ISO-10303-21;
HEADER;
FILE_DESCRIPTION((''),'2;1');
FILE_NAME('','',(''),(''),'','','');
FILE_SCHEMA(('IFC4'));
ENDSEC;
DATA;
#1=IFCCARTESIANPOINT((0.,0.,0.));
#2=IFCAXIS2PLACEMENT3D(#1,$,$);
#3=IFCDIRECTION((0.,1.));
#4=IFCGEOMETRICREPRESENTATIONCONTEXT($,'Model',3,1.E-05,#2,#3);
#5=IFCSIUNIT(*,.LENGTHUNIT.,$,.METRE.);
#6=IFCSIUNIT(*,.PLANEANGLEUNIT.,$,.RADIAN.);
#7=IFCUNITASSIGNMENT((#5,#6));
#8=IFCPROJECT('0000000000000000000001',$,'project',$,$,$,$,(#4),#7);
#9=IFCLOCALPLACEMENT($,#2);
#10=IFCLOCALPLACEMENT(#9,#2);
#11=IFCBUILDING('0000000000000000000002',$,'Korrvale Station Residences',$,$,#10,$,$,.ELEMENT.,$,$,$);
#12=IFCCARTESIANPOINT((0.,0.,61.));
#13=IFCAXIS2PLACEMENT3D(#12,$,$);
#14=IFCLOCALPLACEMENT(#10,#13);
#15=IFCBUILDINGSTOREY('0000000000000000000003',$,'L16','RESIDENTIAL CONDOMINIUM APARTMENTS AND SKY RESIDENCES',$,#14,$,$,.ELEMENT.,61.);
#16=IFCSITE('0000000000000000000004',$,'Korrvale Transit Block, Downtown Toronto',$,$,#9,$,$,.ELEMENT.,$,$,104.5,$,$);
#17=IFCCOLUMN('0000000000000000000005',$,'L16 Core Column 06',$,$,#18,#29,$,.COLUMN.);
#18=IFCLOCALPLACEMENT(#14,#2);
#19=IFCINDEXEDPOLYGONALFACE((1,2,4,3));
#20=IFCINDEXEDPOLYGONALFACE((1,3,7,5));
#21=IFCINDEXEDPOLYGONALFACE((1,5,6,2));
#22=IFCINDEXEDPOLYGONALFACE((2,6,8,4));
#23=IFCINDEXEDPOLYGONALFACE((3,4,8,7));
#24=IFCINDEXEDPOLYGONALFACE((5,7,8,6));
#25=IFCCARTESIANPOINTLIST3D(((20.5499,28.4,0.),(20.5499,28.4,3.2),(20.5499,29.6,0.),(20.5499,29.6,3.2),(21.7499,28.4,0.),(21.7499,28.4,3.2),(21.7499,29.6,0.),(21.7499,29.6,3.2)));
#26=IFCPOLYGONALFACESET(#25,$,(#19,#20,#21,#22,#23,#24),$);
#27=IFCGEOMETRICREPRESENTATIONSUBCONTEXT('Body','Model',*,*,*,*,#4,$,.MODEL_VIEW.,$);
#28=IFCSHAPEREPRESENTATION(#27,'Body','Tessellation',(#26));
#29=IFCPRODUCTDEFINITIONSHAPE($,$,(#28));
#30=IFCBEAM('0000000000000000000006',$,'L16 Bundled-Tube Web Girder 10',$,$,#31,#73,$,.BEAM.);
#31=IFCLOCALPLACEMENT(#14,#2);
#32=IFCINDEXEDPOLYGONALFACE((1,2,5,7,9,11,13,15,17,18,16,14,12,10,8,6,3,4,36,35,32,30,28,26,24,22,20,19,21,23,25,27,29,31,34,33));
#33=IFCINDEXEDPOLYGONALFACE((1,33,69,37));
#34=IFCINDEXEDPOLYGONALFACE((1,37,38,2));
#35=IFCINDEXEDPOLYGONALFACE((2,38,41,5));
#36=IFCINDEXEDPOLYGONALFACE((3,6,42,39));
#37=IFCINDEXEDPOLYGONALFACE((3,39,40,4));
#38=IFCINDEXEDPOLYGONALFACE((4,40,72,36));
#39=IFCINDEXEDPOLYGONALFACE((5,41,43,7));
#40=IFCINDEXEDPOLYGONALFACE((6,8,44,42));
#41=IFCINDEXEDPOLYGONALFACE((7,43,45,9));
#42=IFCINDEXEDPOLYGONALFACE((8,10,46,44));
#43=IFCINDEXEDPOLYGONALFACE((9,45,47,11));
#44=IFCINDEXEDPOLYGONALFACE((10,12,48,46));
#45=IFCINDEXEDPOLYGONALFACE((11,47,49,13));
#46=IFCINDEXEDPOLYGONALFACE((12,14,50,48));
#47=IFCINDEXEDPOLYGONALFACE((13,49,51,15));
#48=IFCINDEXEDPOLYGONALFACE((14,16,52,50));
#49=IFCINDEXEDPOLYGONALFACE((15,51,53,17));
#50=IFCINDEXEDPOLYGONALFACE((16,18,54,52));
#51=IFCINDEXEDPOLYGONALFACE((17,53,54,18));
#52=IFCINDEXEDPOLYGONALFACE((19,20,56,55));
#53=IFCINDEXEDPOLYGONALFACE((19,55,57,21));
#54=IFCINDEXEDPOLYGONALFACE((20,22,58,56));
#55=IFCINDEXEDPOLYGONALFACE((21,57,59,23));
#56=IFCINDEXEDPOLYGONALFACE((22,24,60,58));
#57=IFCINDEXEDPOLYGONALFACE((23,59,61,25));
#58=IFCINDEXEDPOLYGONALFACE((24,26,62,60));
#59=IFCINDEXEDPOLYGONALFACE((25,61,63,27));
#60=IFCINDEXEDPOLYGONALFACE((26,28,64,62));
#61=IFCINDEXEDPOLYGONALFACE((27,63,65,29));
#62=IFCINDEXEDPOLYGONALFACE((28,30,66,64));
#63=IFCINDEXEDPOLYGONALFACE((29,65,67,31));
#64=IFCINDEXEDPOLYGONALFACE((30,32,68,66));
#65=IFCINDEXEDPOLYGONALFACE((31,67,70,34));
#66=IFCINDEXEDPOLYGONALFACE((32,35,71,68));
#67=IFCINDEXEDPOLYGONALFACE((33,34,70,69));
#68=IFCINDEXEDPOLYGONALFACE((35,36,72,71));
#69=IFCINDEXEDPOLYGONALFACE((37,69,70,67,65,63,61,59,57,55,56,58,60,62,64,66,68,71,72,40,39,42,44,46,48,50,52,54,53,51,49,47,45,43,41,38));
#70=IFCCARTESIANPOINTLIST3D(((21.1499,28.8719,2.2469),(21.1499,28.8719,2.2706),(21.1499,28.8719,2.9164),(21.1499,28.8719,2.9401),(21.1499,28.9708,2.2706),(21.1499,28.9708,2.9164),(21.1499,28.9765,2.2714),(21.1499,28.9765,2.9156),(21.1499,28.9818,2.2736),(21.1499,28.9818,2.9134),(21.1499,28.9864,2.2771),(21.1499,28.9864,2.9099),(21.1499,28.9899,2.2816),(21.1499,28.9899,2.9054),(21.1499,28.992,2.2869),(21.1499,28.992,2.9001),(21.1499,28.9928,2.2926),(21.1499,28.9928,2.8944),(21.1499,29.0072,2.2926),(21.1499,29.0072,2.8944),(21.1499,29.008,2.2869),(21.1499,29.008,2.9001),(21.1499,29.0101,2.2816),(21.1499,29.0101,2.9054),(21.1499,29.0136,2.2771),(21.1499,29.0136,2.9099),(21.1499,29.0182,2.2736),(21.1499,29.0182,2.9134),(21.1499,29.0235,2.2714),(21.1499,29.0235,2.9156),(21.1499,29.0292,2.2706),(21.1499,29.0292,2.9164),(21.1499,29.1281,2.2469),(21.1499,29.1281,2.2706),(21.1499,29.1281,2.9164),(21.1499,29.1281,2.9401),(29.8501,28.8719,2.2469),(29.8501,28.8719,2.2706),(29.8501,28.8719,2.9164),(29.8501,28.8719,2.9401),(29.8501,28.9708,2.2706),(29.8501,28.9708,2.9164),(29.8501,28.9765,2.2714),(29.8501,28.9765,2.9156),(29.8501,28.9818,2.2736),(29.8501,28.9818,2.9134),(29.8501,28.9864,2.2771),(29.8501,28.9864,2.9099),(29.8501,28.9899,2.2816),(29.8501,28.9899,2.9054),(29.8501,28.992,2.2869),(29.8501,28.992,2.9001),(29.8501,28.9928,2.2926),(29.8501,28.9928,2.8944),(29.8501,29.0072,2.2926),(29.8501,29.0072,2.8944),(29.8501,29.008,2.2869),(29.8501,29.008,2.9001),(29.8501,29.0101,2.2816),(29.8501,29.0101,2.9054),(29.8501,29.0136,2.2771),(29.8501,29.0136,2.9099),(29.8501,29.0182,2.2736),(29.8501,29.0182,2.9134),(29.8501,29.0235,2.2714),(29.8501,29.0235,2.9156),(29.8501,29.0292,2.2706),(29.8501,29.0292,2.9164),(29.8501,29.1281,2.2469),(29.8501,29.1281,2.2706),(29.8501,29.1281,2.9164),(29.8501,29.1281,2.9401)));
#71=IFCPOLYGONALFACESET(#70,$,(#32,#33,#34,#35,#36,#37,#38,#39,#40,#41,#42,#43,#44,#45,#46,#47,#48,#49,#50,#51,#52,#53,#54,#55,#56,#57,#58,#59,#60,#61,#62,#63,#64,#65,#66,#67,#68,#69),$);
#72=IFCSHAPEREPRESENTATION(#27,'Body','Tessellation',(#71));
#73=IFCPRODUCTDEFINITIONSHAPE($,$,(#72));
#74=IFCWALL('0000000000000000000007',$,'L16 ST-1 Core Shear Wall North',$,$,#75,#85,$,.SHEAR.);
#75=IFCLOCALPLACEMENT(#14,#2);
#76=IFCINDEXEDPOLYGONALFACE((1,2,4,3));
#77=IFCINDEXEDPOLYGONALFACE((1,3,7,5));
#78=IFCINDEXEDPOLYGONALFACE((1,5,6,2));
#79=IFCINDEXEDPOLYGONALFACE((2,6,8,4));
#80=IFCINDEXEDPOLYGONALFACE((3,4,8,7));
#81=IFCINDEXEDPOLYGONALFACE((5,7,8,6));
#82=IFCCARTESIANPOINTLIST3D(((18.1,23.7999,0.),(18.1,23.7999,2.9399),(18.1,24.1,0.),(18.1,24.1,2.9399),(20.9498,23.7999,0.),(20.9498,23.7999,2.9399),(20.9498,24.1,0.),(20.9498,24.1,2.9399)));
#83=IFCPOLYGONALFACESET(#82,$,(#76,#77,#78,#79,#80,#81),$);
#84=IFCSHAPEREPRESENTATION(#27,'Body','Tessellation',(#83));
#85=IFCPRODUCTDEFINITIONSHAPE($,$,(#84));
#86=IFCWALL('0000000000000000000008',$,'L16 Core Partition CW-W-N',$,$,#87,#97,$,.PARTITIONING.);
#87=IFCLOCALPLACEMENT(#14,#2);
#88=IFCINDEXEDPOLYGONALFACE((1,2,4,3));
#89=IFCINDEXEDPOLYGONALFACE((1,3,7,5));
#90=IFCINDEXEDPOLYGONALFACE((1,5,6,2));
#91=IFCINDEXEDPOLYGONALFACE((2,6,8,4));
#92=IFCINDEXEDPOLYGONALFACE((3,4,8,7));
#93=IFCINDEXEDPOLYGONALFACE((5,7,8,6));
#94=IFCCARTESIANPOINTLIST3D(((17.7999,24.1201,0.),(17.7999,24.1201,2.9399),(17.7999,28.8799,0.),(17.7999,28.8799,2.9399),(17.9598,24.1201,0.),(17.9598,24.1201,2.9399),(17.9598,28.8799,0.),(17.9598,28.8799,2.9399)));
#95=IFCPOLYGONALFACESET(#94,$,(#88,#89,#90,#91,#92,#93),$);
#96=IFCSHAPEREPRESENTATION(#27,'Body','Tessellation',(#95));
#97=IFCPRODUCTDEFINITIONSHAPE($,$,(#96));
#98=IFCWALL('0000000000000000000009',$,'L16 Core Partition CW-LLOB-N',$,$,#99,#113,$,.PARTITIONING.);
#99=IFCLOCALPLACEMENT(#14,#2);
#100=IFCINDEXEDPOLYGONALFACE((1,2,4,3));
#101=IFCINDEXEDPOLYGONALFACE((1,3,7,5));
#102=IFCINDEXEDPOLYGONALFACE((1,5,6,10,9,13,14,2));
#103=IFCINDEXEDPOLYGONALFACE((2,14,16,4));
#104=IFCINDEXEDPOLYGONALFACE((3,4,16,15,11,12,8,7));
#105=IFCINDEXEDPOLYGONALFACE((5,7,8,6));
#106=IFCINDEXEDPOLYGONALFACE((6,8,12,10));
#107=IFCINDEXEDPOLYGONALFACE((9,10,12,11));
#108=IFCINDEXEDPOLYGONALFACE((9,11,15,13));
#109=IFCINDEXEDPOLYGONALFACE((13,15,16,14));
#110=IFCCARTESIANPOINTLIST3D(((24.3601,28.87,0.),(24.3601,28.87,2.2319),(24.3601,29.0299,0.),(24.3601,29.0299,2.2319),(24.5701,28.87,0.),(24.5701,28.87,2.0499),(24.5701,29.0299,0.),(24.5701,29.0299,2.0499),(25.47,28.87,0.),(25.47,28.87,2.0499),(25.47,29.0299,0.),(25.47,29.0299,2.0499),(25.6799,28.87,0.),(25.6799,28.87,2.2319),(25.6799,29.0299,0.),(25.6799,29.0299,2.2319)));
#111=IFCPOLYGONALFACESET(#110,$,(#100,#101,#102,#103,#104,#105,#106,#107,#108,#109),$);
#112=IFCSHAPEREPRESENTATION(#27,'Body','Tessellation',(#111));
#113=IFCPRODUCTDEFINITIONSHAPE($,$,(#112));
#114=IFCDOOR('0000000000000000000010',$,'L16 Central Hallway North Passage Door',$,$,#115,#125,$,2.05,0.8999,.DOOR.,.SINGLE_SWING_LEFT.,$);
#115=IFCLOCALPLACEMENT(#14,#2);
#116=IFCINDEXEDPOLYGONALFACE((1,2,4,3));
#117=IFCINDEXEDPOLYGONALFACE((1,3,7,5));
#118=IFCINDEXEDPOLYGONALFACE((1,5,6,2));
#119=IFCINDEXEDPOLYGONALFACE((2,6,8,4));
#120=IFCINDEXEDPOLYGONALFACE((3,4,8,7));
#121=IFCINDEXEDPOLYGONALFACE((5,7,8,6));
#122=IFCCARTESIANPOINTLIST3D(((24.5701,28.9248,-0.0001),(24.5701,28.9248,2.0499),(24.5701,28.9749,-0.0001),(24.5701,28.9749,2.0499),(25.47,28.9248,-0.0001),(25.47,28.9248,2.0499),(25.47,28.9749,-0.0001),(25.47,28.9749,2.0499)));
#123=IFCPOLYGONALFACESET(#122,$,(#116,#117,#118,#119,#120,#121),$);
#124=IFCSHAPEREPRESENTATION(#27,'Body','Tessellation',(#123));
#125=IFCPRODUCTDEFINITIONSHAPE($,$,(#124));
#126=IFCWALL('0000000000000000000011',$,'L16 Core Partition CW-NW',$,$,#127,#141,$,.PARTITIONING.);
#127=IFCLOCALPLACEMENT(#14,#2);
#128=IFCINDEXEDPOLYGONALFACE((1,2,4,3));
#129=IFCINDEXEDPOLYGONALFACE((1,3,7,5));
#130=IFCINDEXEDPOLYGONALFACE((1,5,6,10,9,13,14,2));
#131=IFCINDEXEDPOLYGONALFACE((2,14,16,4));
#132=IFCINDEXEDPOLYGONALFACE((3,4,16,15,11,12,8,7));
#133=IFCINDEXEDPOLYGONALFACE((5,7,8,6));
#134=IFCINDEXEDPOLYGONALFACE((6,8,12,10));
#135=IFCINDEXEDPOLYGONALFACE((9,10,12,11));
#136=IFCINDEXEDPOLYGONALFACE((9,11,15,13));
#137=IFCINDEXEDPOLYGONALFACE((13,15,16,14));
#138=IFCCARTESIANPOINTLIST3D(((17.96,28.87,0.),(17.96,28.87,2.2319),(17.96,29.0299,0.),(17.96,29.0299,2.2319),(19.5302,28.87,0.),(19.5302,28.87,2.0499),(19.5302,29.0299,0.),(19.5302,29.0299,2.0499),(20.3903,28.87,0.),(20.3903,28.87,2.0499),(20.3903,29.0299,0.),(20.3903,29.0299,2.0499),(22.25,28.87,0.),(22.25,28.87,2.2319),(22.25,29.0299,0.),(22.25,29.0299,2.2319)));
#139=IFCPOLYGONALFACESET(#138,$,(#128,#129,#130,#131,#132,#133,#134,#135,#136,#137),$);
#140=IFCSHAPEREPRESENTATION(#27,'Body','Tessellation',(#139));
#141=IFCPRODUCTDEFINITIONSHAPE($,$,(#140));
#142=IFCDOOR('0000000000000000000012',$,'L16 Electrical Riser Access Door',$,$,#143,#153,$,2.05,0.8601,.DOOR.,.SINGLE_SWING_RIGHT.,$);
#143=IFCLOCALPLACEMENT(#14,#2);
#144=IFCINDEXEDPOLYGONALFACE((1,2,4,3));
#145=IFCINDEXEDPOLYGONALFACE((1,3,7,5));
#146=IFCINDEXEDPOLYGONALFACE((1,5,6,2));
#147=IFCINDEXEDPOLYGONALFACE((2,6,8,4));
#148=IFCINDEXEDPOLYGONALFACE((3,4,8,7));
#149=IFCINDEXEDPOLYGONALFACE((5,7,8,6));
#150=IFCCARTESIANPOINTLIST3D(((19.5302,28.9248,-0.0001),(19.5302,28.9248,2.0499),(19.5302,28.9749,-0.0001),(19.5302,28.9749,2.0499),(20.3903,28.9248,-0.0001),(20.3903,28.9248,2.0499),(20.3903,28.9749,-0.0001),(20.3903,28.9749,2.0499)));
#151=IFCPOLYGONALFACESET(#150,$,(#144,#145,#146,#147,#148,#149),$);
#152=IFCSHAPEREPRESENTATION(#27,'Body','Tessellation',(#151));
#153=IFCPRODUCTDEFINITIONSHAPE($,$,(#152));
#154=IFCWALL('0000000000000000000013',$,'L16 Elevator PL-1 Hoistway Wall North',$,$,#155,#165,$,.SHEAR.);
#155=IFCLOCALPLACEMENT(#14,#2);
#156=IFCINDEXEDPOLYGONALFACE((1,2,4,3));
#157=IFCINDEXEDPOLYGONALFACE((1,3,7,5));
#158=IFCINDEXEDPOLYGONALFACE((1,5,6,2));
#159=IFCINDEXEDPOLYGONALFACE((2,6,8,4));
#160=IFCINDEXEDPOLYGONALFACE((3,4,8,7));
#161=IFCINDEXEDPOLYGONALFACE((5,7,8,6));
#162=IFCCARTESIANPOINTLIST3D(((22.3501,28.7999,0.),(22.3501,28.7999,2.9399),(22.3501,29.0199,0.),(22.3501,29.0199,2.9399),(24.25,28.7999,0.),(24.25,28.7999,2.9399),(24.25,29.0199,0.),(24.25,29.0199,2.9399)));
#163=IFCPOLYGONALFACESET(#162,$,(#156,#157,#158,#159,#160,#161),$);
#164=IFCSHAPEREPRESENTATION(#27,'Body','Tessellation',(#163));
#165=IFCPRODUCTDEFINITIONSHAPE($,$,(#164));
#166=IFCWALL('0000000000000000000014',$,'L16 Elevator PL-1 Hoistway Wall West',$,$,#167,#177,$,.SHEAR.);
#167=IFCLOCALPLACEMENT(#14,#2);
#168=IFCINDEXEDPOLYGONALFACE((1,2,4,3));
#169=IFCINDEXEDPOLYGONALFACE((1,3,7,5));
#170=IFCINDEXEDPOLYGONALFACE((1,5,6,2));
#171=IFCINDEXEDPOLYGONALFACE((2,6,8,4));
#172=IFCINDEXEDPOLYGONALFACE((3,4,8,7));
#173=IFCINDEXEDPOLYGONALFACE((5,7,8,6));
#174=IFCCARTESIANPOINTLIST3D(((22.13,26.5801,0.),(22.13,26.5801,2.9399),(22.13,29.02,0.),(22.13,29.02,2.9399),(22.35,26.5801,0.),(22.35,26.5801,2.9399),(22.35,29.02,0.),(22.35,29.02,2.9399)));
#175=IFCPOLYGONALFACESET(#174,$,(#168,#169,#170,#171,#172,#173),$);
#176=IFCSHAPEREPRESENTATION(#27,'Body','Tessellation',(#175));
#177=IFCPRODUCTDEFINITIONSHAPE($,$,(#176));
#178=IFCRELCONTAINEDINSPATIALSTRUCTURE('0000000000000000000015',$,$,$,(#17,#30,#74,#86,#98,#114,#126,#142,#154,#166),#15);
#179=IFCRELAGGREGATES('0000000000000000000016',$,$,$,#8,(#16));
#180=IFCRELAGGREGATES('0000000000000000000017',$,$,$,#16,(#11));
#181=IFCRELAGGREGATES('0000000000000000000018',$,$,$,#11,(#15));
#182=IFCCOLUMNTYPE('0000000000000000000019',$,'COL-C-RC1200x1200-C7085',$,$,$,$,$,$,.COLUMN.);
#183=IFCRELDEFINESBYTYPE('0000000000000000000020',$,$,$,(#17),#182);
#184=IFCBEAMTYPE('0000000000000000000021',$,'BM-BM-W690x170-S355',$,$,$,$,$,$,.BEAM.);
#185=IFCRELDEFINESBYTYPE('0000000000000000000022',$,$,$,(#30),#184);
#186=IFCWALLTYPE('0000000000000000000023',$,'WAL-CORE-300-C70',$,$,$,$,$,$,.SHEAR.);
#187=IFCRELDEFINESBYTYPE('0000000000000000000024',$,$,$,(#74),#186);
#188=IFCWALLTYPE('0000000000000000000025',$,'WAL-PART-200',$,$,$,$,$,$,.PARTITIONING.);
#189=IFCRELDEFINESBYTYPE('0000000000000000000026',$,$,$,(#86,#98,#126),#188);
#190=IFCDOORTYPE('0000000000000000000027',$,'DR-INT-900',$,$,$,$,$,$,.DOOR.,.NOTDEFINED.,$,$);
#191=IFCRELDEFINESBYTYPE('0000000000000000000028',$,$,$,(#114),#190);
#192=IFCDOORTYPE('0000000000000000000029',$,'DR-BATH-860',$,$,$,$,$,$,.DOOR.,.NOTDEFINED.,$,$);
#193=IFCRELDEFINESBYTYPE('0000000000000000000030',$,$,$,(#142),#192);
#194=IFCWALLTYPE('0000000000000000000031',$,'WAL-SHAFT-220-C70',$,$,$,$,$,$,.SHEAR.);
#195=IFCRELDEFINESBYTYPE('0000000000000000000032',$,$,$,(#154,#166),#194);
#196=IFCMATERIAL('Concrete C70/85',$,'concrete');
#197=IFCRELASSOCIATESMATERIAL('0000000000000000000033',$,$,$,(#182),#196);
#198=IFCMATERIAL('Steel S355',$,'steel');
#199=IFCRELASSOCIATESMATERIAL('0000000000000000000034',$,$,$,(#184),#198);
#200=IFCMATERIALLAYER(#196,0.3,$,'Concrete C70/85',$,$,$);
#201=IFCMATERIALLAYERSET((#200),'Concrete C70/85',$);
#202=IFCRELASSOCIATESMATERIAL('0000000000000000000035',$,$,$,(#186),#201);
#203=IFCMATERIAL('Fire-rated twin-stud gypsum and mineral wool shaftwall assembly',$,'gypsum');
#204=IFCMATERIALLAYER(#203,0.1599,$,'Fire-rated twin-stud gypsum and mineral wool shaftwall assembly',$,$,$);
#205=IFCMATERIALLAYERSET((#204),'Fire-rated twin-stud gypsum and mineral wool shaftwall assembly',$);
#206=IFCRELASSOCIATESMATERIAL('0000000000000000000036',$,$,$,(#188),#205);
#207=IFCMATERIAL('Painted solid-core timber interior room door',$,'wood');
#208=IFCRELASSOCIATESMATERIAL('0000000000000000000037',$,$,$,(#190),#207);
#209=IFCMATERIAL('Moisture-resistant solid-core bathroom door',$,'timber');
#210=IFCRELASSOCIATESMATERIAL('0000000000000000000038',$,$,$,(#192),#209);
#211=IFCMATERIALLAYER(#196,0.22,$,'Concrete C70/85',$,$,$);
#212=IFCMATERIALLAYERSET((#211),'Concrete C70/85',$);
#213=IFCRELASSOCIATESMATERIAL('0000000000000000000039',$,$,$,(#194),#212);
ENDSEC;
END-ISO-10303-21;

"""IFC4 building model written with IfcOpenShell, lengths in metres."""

from ifc_helpers import new_model, si_unit, direction, frame, frame_2d, origin, origin_2d, place, context, subcontext, project, spatial, rectangle, i_section, extrude, material, layer, layer_set, material_profile, profile_set, type_object, element, fill, save


model = new_model("IFC4")

# Units and contexts
model_context = context("Model", 3, precision=1e-05, world=origin(), true_north=direction((0.0, 1.0)))
body_context = subcontext(model_context, "Body", "Model", "MODEL_VIEW")
ifc_project = project(units=[si_unit("LENGTHUNIT", "METRE"), si_unit("PLANEANGLEUNIT", "RADIAN")], contexts=[model_context])

# Site, building, storey
site_placement = place(None, origin())
site = spatial("IfcSite", under=ifc_project, at=site_placement, Name="Korrvale Transit Block, Downtown Toronto", CompositionType="ELEMENT", RefElevation=104.5)
building_placement = place(site_placement, origin())
building = spatial("IfcBuilding", under=site, at=building_placement, Name="Korrvale Station Residences", CompositionType="ELEMENT")
storey_placement = place(building_placement, frame((0.0, 0.0, 61.0)))
storey = spatial("IfcBuildingStorey", under=building, at=storey_placement, Name="L16", Description="RESIDENTIAL CONDOMINIUM APARTMENTS AND SKY RESIDENCES", CompositionType="ELEMENT", Elevation=61.0)

# Column
ifc_material_1 = material(Name="Concrete C70/85", Category="concrete")
ifc_material_profile_1 = material_profile(ifc_material_1, rectangle(XDim=1.2, YDim=1.2, at=origin_2d()), Name="RC1200x1200")
ifc_profile_set_1 = profile_set([ifc_material_profile_1], Name="Concrete C70/85")
column_type = type_object("IfcColumnType", Name="COL-C-RC1200x1200-C7085", PredefinedType="COLUMN", material=ifc_profile_set_1)
column_placement = place(storey_placement, frame((21.1499, 29.0, 0.0), z_axis=(0.0, 0.0, 1.0), x_axis=(1.0, 0.0, 0.0)))
element("IfcColumn", 1, at=column_placement, inside=storey, type_object=column_type, Name="L16 Core Column 06", PredefinedType="COLUMN", context=body_context, shape_type="SweptSolid", body=[
    extrude(rectangle(XDim=1.2, YDim=1.2, at=origin_2d()), origin(), (0.0, 0.0, 1.0), 3.2),
])

# Beam
ifc_material_2 = material(Name="Steel S355", Category="steel")
ifc_material_profile_2 = material_profile(ifc_material_2, i_section(OverallWidth=0.2561, OverallDepth=0.6931, WebThickness=0.0144, FlangeThickness=0.0237, FilletRadius=0.022, at=origin_2d()), Name="W690x170")
ifc_profile_set_2 = profile_set([ifc_material_profile_2], Name="Steel S355")
beam_type = type_object("IfcBeamType", Name="BM-BM-W690x170-S355", PredefinedType="BEAM", material=ifc_profile_set_2)
beam_placement = place(storey_placement, frame((21.1499, 29.0, 2.5935), z_axis=(1.0, 0.0, 0.0), x_axis=(0.0, 1.0, 0.0)))
element("IfcBeam", 2, at=beam_placement, inside=storey, type_object=beam_type, Name="L16 Bundled-Tube Web Girder 10", PredefinedType="BEAM", context=body_context, shape_type="SweptSolid", body=[
    extrude(i_section(OverallWidth=0.2561, OverallDepth=0.6931, WebThickness=0.0144, FlangeThickness=0.0237, FilletRadius=0.022, at=origin_2d()), origin(), (0.0, 0.0, 1.0), 8.7002),
])

# Walls
ifc_layer_1 = layer(ifc_material_1, 0.3, Name="Concrete C70/85")
ifc_layer_set_1 = layer_set([ifc_layer_1], Name="Concrete C70/85")
wall_type_1 = type_object("IfcWallType", Name="WAL-CORE-300-C70", PredefinedType="SHEAR", material=ifc_layer_set_1)
wall_1_placement = place(storey_placement, frame((18.1001, 23.95, 0.0), z_axis=(0.0, 0.0, 1.0), x_axis=(1.0, 0.0, 0.0)))
element("IfcWall", 3, at=wall_1_placement, inside=storey, type_object=wall_type_1, Name="L16 ST-1 Core Shear Wall North", PredefinedType="SHEAR", context=body_context, shape_type="SweptSolid", body=[
    extrude(rectangle(XDim=2.8499, YDim=0.3, at=frame_2d((1.4248, 0.0))), origin(), (0.0, 0.0, 1.0), 2.9399),
])
ifc_material_3 = material(Name="Fire-rated twin-stud gypsum and mineral wool shaftwall assembly", Category="gypsum")
ifc_layer_2 = layer(ifc_material_3, 0.1599, Name="Fire-rated twin-stud gypsum and mineral wool shaftwall assembly")
ifc_layer_set_2 = layer_set([ifc_layer_2], Name="Fire-rated twin-stud gypsum and mineral wool shaftwall assembly")
wall_type_2 = type_object("IfcWallType", Name="WAL-PART-200", PredefinedType="PARTITIONING", material=ifc_layer_set_2)
wall_2_placement = place(storey_placement, frame((17.8799, 24.1201, 0.0), z_axis=(0.0, 0.0, 1.0), x_axis=(0.0, 1.0, 0.0)))
element("IfcWall", 4, at=wall_2_placement, inside=storey, type_object=wall_type_2, Name="L16 Core Partition CW-W-N", PredefinedType="PARTITIONING", context=body_context, shape_type="SweptSolid", body=[
    extrude(rectangle(XDim=4.7598, YDim=0.1599, at=frame_2d((2.3799, 0.0))), origin(), (0.0, 0.0, 1.0), 2.9399),
])

# Walls, openings, doors
wall_3_placement = place(storey_placement, frame((24.3601, 28.95, 0.0), z_axis=(0.0, 0.0, 1.0), x_axis=(1.0, 0.0, 0.0)))
wall_3 = element("IfcWall", 5, at=wall_3_placement, inside=storey, type_object=wall_type_2, Name="L16 Core Partition CW-LLOB-N", PredefinedType="PARTITIONING", context=body_context, shape_type="SweptSolid", body=[
    extrude(rectangle(XDim=1.3198, YDim=0.1599, at=frame_2d((0.6599, 0.0))), origin(), (0.0, 0.0, 1.0), 2.2319),
])
opening_1_placement = place(wall_3_placement, frame((0.21, 0.0, 0.0)))
opening_1 = element("IfcOpeningElement", 6, at=opening_1_placement, cuts=wall_3, PredefinedType="OPENING", context=body_context, shape_type="SweptSolid", body=[
    extrude(rectangle(XDim=0.8999, YDim=2.05, at=frame_2d((0.45, 1.0249))), frame((0.0, 0.0898, 0.0), z_axis=(0.0, -1.0, 0.0), x_axis=(1.0, 0.0, 0.0)), (0.0, 0.0, 1.0), 0.1799),
])
ifc_material_4 = material(Name="Painted solid-core timber interior room door", Category="wood")
door_type_1 = type_object("IfcDoorType", Name="DR-INT-900", OperationType="NOTDEFINED", PredefinedType="DOOR", material=ifc_material_4)
door_1_placement = place(opening_1_placement, origin())
door_1 = element("IfcDoor", 7, at=door_1_placement, inside=storey, type_object=door_type_1, Name="L16 Central Hallway North Passage Door", OperationType="SINGLE_SWING_LEFT", OverallHeight=2.05, OverallWidth=0.8999, PredefinedType="DOOR", context=body_context, shape_type="SweptSolid", body=[
    extrude(rectangle(XDim=0.8999, YDim=2.05, at=frame_2d((0.45, 1.0249))), frame((0.0, 0.0249, 0.0), z_axis=(0.0, -1.0, 0.0), x_axis=(1.0, 0.0, 0.0)), (0.0, 0.0, 1.0), 0.05),
])
fill(opening_1, door_1)
wall_4_placement = place(storey_placement, frame((17.96, 28.95, 0.0), z_axis=(0.0, 0.0, 1.0), x_axis=(1.0, 0.0, 0.0)))
wall_4 = element("IfcWall", 8, at=wall_4_placement, inside=storey, type_object=wall_type_2, Name="L16 Core Partition CW-NW", PredefinedType="PARTITIONING", context=body_context, shape_type="SweptSolid", body=[
    extrude(rectangle(XDim=4.29, YDim=0.1599, at=frame_2d((2.145, 0.0))), origin(), (0.0, 0.0, 1.0), 2.2319),
])
opening_2_placement = place(wall_4_placement, frame((1.5701, 0.0, 0.0)))
opening_2 = element("IfcOpeningElement", 9, at=opening_2_placement, cuts=wall_4, PredefinedType="OPENING", context=body_context, shape_type="SweptSolid", body=[
    extrude(rectangle(XDim=0.8601, YDim=2.05, at=frame_2d((0.4302, 1.0249))), frame((0.0, 0.0898, 0.0), z_axis=(0.0, -1.0, 0.0), x_axis=(1.0, 0.0, 0.0)), (0.0, 0.0, 1.0), 0.1799),
])
ifc_material_5 = material(Name="Moisture-resistant solid-core bathroom door", Category="timber")
door_type_2 = type_object("IfcDoorType", Name="DR-BATH-860", OperationType="NOTDEFINED", PredefinedType="DOOR", material=ifc_material_5)
door_2_placement = place(opening_2_placement, origin())
door_2 = element("IfcDoor", 10, at=door_2_placement, inside=storey, type_object=door_type_2, Name="L16 Electrical Riser Access Door", OperationType="SINGLE_SWING_RIGHT", OverallHeight=2.05, OverallWidth=0.8601, PredefinedType="DOOR", context=body_context, shape_type="SweptSolid", body=[
    extrude(rectangle(XDim=0.8601, YDim=2.05, at=frame_2d((0.4302, 1.0249))), frame((0.0, 0.0249, 0.0), z_axis=(0.0, -1.0, 0.0), x_axis=(1.0, 0.0, 0.0)), (0.0, 0.0, 1.0), 0.05),
])
fill(opening_2, door_2)
ifc_layer_3 = layer(ifc_material_1, 0.22, Name="Concrete C70/85")
ifc_layer_set_3 = layer_set([ifc_layer_3], Name="Concrete C70/85")
wall_type_3 = type_object("IfcWallType", Name="WAL-SHAFT-220-C70", PredefinedType="SHEAR", material=ifc_layer_set_3)

# Walls
wall_5_placement = place(storey_placement, frame((22.3501, 28.9099, 0.0), z_axis=(0.0, 0.0, 1.0), x_axis=(1.0, 0.0, 0.0)))
element("IfcWall", 11, at=wall_5_placement, inside=storey, type_object=wall_type_3, Name="L16 Elevator PL-1 Hoistway Wall North", PredefinedType="SHEAR", context=body_context, shape_type="SweptSolid", body=[
    extrude(rectangle(XDim=1.8999, YDim=0.22, at=frame_2d((0.95, 0.0))), origin(), (0.0, 0.0, 1.0), 2.9399),
])
for number, where, z_axis, x_axis, name in (
    (12, (22.24, 26.5801, 0.0), (0.0, 0.0, 1.0), (0.0, 1.0, 0.0), "L16 Elevator PL-1 Hoistway Wall West"),
):
    element("IfcWall", number, at=place(storey_placement, frame(where, z_axis=z_axis, x_axis=x_axis)), inside=storey, type_object=wall_type_3, Name=name, PredefinedType="SHEAR", context=body_context, shape_type="SweptSolid", body=[
        extrude(rectangle(XDim=2.4399, YDim=0.22, at=frame_2d((1.22, 0.0))), origin(), (0.0, 0.0, 1.0), 2.9399),
    ])

save(model, "model.ifc")
